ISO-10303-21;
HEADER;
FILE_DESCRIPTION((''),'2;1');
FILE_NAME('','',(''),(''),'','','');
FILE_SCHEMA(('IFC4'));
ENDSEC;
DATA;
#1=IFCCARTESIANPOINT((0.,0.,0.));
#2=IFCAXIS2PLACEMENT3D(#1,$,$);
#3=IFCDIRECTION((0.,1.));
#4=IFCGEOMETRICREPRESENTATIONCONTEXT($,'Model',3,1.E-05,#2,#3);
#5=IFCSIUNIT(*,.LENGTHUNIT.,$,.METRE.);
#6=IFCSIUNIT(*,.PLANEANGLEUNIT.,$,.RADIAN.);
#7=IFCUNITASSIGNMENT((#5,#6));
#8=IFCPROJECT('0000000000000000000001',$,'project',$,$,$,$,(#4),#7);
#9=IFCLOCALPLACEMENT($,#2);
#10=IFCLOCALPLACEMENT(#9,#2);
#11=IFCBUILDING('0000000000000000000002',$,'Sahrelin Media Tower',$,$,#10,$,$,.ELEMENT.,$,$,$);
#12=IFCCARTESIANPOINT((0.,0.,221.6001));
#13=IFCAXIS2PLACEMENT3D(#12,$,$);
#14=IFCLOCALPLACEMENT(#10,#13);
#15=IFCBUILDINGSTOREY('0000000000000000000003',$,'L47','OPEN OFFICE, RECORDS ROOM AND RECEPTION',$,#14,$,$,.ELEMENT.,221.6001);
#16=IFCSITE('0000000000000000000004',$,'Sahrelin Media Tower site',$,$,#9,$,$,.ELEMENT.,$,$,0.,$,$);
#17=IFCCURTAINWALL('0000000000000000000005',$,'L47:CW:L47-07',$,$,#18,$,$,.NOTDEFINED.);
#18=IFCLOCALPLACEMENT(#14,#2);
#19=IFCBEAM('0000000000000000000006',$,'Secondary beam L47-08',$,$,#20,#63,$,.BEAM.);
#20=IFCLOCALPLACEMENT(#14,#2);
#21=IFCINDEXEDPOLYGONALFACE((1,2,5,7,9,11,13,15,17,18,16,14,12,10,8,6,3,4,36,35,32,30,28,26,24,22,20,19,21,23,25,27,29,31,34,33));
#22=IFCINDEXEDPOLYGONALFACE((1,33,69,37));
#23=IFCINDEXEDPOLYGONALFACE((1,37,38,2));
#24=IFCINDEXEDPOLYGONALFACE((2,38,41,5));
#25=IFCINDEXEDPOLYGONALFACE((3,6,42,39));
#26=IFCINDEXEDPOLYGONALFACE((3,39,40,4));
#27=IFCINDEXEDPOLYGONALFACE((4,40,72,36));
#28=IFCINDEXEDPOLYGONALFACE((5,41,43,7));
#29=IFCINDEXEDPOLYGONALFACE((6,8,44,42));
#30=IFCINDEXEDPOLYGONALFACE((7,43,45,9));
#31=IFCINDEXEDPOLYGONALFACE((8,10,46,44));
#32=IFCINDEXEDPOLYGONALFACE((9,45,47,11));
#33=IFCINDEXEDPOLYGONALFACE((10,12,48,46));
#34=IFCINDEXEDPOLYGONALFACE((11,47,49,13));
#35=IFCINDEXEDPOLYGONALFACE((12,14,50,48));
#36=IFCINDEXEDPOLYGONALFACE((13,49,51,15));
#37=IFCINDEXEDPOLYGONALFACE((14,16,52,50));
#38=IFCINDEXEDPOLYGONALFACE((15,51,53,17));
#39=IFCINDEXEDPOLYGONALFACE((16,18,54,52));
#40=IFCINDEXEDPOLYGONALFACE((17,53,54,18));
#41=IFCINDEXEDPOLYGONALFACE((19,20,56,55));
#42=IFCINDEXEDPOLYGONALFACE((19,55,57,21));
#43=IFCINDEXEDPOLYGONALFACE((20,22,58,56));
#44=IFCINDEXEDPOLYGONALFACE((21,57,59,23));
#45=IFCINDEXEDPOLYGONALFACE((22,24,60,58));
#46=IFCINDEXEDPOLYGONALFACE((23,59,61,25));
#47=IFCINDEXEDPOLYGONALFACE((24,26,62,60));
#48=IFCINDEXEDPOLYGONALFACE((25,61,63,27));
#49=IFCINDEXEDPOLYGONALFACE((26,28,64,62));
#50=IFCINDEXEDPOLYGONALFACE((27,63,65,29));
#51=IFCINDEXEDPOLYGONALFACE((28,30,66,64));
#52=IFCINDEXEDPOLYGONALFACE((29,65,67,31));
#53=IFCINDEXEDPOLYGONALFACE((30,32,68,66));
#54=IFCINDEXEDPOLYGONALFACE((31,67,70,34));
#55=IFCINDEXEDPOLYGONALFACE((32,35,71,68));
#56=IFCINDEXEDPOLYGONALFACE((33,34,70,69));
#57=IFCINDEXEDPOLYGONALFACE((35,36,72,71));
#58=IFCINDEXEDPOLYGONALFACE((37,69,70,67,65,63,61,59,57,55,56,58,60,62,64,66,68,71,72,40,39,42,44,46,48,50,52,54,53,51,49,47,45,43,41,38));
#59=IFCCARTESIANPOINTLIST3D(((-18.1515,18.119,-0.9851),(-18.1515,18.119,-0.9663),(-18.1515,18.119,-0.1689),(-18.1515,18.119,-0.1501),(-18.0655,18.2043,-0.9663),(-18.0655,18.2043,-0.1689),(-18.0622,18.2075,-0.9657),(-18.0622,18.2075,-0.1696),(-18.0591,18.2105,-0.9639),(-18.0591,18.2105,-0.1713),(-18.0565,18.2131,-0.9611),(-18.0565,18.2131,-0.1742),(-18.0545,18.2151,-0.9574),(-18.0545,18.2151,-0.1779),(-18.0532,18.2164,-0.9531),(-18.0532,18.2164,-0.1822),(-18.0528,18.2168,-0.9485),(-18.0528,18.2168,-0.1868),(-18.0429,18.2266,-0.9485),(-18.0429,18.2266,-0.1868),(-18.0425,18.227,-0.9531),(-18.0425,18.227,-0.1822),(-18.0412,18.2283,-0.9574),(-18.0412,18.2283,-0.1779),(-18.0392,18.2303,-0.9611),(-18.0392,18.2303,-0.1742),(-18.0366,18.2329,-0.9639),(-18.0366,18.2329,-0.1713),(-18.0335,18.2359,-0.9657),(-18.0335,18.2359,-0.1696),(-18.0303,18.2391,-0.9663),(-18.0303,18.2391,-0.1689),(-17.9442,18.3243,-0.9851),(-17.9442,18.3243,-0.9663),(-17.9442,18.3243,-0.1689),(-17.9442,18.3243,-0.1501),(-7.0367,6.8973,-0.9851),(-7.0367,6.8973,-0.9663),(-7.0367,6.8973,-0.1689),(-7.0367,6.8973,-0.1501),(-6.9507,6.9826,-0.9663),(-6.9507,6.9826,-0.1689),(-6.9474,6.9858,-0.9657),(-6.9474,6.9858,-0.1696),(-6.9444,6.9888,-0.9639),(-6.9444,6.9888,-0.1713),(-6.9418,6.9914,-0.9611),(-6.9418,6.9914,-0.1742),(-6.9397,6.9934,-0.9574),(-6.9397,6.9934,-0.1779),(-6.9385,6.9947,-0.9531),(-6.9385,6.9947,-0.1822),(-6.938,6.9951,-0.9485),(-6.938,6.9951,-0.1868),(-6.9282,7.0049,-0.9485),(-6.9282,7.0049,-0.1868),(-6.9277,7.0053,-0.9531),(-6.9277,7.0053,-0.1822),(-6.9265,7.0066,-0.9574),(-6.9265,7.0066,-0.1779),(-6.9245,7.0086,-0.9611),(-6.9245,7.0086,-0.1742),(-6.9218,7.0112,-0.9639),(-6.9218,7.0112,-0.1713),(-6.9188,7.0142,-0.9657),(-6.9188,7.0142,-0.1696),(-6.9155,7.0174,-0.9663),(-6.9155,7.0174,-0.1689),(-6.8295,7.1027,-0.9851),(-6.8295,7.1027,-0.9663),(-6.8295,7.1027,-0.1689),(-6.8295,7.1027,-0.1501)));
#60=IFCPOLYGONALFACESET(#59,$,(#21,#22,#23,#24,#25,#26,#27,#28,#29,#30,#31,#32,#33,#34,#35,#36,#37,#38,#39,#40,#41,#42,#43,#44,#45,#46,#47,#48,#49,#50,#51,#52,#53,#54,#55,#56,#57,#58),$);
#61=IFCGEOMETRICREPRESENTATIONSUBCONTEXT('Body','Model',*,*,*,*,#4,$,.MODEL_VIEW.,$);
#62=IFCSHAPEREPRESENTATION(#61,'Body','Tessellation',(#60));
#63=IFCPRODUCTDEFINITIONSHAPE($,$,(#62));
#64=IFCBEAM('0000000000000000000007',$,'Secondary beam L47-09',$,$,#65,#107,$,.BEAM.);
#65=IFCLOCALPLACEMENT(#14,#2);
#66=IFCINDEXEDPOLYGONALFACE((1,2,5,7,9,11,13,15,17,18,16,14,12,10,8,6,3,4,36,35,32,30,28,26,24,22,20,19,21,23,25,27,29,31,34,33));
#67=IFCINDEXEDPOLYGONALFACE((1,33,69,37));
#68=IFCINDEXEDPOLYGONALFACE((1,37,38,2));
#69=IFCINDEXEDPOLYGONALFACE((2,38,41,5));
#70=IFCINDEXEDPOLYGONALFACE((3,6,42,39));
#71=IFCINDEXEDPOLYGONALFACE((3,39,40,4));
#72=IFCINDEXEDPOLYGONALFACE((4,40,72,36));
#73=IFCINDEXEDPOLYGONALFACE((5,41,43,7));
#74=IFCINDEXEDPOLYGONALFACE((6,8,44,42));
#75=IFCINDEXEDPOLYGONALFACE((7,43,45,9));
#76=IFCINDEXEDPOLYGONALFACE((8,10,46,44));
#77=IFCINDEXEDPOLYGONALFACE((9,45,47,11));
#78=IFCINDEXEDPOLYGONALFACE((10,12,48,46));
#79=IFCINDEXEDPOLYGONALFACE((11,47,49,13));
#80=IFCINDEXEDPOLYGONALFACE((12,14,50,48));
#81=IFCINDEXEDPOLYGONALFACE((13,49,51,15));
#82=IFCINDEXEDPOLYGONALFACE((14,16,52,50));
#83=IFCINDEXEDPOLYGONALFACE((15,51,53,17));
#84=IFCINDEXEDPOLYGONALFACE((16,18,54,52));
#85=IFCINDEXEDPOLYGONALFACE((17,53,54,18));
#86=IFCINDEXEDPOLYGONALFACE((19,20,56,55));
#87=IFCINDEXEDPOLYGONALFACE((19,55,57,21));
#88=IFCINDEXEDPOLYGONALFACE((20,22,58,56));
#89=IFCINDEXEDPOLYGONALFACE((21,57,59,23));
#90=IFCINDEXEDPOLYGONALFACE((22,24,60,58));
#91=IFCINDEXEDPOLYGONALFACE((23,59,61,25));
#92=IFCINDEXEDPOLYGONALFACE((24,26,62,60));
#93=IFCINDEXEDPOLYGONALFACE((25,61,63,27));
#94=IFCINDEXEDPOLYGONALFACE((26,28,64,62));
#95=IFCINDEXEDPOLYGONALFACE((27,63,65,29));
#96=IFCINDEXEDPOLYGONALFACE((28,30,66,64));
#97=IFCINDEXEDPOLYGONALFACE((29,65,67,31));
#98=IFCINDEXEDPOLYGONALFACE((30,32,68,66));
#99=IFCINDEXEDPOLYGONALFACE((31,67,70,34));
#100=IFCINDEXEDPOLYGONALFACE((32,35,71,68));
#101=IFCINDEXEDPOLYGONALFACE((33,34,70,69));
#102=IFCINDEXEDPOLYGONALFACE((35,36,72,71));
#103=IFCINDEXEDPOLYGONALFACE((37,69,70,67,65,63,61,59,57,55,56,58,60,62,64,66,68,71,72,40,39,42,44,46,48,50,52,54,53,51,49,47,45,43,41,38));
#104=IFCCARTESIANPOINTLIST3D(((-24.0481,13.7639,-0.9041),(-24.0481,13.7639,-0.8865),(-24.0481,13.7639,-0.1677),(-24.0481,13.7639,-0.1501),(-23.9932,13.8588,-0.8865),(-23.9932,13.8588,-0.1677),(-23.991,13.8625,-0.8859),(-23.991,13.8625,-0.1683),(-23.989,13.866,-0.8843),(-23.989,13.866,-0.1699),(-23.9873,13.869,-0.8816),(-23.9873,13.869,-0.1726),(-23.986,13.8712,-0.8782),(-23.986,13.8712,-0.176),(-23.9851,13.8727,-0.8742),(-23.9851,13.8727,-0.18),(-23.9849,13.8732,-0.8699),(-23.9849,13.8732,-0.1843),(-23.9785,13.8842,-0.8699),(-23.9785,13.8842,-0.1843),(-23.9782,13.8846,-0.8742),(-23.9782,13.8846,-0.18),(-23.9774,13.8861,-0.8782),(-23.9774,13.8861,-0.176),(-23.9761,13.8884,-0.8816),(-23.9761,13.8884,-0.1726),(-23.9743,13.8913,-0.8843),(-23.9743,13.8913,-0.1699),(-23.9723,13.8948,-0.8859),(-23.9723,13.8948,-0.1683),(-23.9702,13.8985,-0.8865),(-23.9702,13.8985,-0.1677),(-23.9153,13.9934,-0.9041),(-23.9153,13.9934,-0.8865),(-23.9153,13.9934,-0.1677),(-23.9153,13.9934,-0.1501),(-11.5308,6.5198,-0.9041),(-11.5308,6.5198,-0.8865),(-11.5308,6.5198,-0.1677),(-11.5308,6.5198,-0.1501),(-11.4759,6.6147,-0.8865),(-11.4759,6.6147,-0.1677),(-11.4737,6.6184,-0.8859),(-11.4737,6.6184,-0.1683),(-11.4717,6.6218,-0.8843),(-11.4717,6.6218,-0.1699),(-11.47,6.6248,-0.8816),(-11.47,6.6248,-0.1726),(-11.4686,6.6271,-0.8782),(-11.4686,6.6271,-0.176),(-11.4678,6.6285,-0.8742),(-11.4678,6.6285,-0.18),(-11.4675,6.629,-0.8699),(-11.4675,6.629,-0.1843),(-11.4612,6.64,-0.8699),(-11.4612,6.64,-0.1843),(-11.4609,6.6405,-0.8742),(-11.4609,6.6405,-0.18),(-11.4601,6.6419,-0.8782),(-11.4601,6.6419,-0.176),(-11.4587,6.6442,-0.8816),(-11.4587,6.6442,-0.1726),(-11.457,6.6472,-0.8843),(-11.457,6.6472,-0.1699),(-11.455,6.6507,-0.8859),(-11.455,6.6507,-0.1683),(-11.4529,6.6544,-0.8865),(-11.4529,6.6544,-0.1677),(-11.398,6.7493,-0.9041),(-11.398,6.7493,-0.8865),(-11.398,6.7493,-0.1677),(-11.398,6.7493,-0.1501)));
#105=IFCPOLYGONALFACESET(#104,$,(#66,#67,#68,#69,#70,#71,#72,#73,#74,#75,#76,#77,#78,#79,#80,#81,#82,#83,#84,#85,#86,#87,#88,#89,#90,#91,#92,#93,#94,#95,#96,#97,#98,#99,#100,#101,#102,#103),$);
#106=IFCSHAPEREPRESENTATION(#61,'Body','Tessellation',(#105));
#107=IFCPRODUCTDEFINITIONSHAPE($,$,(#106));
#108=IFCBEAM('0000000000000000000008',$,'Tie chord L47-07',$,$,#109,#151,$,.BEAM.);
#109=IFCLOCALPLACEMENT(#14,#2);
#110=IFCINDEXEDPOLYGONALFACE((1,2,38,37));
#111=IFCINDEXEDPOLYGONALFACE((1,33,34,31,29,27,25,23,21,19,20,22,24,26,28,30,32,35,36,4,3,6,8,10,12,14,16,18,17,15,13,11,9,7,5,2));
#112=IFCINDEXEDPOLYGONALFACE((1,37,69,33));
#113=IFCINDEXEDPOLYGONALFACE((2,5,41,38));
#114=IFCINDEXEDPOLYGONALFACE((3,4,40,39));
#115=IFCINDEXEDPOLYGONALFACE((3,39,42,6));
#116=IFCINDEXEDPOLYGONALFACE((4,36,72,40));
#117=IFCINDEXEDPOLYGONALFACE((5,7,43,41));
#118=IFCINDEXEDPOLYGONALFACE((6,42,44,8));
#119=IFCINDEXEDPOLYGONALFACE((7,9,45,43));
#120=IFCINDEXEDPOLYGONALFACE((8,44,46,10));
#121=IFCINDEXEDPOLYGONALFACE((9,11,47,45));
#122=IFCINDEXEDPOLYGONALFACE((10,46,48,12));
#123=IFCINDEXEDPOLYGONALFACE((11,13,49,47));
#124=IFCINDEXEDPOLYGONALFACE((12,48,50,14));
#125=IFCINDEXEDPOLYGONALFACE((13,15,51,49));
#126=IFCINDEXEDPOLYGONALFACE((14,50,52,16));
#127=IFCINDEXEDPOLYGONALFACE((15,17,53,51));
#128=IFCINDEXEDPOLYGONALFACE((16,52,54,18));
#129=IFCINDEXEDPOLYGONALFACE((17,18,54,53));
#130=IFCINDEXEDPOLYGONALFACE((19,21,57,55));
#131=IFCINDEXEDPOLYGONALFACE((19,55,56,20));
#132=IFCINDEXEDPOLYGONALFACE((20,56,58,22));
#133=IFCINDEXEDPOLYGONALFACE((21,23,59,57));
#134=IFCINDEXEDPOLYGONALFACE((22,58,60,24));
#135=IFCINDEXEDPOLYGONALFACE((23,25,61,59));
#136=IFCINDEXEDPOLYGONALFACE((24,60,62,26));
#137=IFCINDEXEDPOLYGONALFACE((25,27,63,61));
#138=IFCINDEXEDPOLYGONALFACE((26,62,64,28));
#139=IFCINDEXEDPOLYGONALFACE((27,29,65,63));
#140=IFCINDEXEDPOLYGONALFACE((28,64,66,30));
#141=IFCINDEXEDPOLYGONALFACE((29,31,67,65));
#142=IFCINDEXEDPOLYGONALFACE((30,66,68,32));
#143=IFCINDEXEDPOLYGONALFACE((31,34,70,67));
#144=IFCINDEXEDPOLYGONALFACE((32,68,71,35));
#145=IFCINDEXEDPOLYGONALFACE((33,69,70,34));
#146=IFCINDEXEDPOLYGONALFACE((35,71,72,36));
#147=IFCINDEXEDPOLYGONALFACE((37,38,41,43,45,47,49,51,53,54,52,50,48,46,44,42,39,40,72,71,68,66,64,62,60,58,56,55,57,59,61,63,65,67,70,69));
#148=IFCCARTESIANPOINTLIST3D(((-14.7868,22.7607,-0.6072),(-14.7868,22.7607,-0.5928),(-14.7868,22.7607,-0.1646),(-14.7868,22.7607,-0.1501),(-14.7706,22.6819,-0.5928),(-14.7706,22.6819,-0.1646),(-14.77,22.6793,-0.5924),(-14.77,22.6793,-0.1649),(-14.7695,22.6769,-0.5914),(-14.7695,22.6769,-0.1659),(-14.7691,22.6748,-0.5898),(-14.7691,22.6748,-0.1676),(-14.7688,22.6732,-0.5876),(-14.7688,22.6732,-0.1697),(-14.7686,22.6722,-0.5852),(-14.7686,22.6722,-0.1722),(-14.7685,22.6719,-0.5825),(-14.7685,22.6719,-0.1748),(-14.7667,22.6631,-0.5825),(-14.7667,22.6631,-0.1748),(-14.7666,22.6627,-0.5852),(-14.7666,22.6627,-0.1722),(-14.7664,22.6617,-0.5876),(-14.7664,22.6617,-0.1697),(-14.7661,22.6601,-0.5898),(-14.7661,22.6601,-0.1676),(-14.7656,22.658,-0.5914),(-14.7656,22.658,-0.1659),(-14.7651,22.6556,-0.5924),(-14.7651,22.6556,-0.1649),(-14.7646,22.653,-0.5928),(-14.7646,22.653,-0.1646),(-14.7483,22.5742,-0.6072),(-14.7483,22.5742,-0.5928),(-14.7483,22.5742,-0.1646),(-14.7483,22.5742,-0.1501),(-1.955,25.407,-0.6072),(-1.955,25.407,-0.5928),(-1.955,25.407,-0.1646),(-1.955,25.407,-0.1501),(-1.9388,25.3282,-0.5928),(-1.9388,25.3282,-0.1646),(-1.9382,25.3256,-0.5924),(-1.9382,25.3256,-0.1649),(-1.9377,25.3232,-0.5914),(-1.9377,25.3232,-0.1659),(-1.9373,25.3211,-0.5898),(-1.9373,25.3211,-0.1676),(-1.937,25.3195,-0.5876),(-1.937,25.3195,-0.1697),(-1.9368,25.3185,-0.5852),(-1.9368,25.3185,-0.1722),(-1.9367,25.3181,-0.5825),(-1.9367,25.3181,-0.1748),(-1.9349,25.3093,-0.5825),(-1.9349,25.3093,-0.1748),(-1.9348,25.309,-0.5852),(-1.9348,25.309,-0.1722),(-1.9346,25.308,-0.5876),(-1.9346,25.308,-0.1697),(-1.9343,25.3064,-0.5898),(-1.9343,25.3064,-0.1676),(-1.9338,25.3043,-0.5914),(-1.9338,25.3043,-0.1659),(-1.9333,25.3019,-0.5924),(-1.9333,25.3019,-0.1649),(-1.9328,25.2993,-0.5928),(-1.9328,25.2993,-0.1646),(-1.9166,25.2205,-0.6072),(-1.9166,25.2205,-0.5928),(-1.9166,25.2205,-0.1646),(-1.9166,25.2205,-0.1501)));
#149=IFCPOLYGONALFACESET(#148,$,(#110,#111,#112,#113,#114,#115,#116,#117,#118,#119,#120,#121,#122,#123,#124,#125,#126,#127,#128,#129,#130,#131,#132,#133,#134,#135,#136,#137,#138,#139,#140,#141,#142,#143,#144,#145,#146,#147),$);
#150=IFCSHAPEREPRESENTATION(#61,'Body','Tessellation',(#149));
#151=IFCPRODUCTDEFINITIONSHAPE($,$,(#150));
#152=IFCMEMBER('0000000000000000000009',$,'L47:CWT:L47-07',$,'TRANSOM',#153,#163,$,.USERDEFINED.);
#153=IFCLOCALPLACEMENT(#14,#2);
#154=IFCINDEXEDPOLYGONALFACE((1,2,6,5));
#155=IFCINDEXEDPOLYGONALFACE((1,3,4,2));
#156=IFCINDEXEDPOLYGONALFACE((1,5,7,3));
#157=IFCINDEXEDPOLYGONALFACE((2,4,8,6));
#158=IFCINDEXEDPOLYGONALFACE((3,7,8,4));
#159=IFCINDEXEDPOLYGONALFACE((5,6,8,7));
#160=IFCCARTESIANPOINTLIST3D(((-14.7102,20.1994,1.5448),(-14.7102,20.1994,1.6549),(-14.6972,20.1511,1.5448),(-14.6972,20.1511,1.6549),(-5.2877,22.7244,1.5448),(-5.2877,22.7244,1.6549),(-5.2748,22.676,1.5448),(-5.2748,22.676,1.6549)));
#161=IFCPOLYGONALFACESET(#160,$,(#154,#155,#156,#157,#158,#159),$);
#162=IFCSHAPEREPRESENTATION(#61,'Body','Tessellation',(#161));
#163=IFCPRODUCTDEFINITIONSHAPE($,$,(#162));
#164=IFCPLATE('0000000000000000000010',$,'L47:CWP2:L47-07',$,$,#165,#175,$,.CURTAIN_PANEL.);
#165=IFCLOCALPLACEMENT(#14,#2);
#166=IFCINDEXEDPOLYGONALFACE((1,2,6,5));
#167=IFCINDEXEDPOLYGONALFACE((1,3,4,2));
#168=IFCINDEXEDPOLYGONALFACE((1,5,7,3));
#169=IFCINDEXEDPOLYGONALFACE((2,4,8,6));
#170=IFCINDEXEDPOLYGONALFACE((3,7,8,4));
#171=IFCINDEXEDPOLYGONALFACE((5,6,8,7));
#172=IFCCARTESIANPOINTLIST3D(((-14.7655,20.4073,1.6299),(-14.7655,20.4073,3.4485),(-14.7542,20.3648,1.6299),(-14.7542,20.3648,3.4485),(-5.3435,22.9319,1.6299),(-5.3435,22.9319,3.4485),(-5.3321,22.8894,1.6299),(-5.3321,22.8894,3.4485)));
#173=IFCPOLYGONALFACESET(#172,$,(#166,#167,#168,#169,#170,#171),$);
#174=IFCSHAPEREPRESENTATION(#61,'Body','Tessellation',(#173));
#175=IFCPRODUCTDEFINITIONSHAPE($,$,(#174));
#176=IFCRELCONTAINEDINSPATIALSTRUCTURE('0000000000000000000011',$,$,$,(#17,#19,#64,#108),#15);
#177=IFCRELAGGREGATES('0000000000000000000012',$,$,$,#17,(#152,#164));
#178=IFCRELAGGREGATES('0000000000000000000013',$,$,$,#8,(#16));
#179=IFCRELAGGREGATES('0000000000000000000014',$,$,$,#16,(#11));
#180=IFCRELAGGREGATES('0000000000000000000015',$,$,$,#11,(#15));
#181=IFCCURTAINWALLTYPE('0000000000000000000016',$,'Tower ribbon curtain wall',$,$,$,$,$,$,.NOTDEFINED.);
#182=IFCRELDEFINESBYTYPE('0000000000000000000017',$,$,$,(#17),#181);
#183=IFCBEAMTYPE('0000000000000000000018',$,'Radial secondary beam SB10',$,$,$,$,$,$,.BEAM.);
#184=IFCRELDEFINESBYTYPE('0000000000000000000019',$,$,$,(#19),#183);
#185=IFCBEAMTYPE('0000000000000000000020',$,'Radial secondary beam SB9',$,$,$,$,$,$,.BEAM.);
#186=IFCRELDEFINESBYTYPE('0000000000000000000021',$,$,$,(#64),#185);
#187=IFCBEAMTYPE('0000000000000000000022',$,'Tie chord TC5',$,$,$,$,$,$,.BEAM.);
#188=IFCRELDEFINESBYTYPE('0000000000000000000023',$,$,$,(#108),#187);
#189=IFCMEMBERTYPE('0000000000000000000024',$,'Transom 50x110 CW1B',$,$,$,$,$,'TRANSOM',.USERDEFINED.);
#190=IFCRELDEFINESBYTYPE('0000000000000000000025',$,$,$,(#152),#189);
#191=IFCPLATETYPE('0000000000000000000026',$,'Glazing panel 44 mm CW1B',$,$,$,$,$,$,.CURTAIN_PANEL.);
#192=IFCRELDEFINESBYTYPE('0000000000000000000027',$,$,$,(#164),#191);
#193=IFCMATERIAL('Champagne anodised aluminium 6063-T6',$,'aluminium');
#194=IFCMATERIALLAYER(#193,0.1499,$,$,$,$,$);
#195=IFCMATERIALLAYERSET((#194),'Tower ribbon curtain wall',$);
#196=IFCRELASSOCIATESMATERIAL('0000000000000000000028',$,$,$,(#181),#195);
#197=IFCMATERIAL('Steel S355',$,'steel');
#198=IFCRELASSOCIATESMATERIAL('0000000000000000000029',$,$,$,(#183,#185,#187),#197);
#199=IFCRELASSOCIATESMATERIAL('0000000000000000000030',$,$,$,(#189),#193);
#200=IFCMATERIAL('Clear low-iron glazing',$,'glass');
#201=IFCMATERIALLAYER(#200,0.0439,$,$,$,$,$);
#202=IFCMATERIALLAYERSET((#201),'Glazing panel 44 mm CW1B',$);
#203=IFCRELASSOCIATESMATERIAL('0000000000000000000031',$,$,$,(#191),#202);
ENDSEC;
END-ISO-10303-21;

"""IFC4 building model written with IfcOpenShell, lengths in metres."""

from ifc_helpers import new_model, si_unit, direction, frame, origin, origin_2d, place, context, subcontext, project, spatial, polyline, rectangle, i_section, outline, extrude, material, layer, layer_set, material_profile, profile_set, type_object, element, aggregate, save


model = new_model("IFC4")

# Units and contexts
model_context = context("Model", 3, precision=1e-05, world=origin(), true_north=direction((0.0, 1.0)))
body_context = subcontext(model_context, "Body", "Model", "MODEL_VIEW")
ifc_project = project(units=[si_unit("LENGTHUNIT", "METRE"), si_unit("PLANEANGLEUNIT", "RADIAN")], contexts=[model_context])

# Site, building, storey
site_placement = place(None, origin())
site = spatial("IfcSite", under=ifc_project, at=site_placement, Name="Sahrelin Media Tower site", CompositionType="ELEMENT", RefElevation=0.0)
building_placement = place(site_placement, origin())
building = spatial("IfcBuilding", under=site, at=building_placement, Name="Sahrelin Media Tower", CompositionType="ELEMENT")
storey_placement = place(building_placement, frame((0.0, 0.0, 221.6001)))
storey = spatial("IfcBuildingStorey", under=building, at=storey_placement, Name="L47", Description="OPEN OFFICE, RECORDS ROOM AND RECEPTION", CompositionType="ELEMENT", Elevation=221.6001)

# Shared definitions
ifc_material_1 = material(Name="Steel S355", Category="steel")

# Curtain wall
ifc_material_2 = material(Name="Champagne anodised aluminium 6063-T6", Category="aluminium")
ifc_layer_1 = layer(ifc_material_2, 0.1499)
ifc_layer_set_1 = layer_set([ifc_layer_1], Name="Tower ribbon curtain wall")
curtain_wall_type = type_object("IfcCurtainWallType", Name="Tower ribbon curtain wall", PredefinedType="NOTDEFINED", material=ifc_layer_set_1)
curtain_wall_1_placement = place(storey_placement, frame((-10.0493, 21.6504, 0.0), z_axis=(0.0, 0.0, 1.0), x_axis=(1.0, 0.0, 0.0)))
curtain_wall_1 = element("IfcCurtainWall", 1, at=curtain_wall_1_placement, inside=storey, type_object=curtain_wall_type, Name="L47:CW:L47-07", PredefinedType="NOTDEFINED")

# Beams
ifc_material_profile_1 = material_profile(ifc_material_1, i_section(OverallWidth=0.2917, OverallDepth=0.835, WebThickness=0.0139, FlangeThickness=0.0188, FilletRadius=0.0178, at=origin_2d()), Name="UB 838x292x176")
ifc_profile_set_1 = profile_set([ifc_material_profile_1], Name="Steel S355")
beam_type_1 = type_object("IfcBeamType", Name="Radial secondary beam SB10", PredefinedType="BEAM", material=ifc_profile_set_1)
beam_1_placement = place(storey_placement, frame((-6.9331, 7.0, -0.5676), z_axis=(-0.703714, 0.710484, 0.0), x_axis=(-0.710484, -0.703714, 0.0)))
element("IfcBeam", 2, at=beam_1_placement, inside=storey, type_object=beam_type_1, Name="Secondary beam L47-08", PredefinedType="BEAM", context=body_context, shape_type="SweptSolid", body=[
    extrude(i_section(OverallWidth=0.2917, OverallDepth=0.835, WebThickness=0.0139, FlangeThickness=0.0188, FilletRadius=0.0178, at=origin_2d()), origin(), (0.0, 0.0, 1.0), 15.7944),
])
ifc_material_profile_2 = material_profile(ifc_material_1, i_section(OverallWidth=0.2651, OverallDepth=0.7539, WebThickness=0.0127, FlangeThickness=0.0176, FilletRadius=0.0166, at=origin_2d()), Name="UB 762x267x147")
ifc_profile_set_2 = profile_set([ifc_material_profile_2], Name="Steel S355")
beam_type_2 = type_object("IfcBeamType", Name="Radial secondary beam SB9", PredefinedType="BEAM", material=ifc_profile_set_2)
beam_2_placement = place(storey_placement, frame((-11.4644, 6.6345, -0.5271), z_axis=(-0.865508, 0.500895, 0.0), x_axis=(-0.500895, -0.865508, 0.0)))
element("IfcBeam", 3, at=beam_2_placement, inside=storey, type_object=beam_type_2, Name="Secondary beam L47-09", PredefinedType="BEAM", context=body_context, shape_type="SweptSolid", body=[
    extrude(i_section(OverallWidth=0.2651, OverallDepth=0.7539, WebThickness=0.0127, FlangeThickness=0.0176, FilletRadius=0.0166, at=origin_2d()), origin(), (0.0, 0.0, 1.0), 14.4624),
])
ifc_material_profile_3 = material_profile(ifc_material_1, i_section(OverallWidth=0.1904, OverallDepth=0.457, WebThickness=0.009, FlangeThickness=0.0144, FilletRadius=0.0103, at=origin_2d()), Name="UB 457x191x74")
ifc_profile_set_3 = profile_set([ifc_material_profile_3], Name="Steel S355")
beam_type_3 = type_object("IfcBeamType", Name="Tie chord TC5", PredefinedType="BEAM", material=ifc_profile_set_3)
beam_3_placement = place(storey_placement, frame((-1.9358, 25.3137, -0.3787), z_axis=(-0.979391, -0.201975, 0.0), x_axis=(0.201975, -0.979391, 0.0)))
element("IfcBeam", 4, at=beam_3_placement, inside=storey, type_object=beam_type_3, Name="Tie chord L47-07", PredefinedType="BEAM", context=body_context, shape_type="SweptSolid", body=[
    extrude(i_section(OverallWidth=0.1904, OverallDepth=0.457, WebThickness=0.009, FlangeThickness=0.0144, FilletRadius=0.0103, at=origin_2d()), origin(), (0.0, 0.0, 1.0), 13.1018),
])

# Member
ifc_material_profile_4 = material_profile(ifc_material_2, rectangle(XDim=0.05, YDim=0.1101, at=origin_2d()), Name="Transom 50x110")
ifc_profile_set_4 = profile_set([ifc_material_profile_4], Name="Champagne anodised aluminium 6063-T6")
member_type_1 = type_object("IfcMemberType", Name="Transom 50x110 CW1B", ElementType="TRANSOM", PredefinedType="USERDEFINED", material=ifc_profile_set_4)
member_1_placement = place(storey_placement, frame((-5.2812, 22.7002, 1.5999), z_axis=(-0.965921, -0.258837, 0.0), x_axis=(0.258837, -0.965921, 0.0)))
member_1 = element("IfcMember", 5, at=member_1_placement, type_object=member_type_1, Name="L47:CWT:L47-07", ObjectType="TRANSOM", PredefinedType="USERDEFINED", context=body_context, shape_type="SweptSolid", body=[
    extrude(rectangle(XDim=0.05, YDim=0.1101, at=origin_2d()), origin(), (0.0, 0.0, 1.0), 9.7549),
])

# Plate
ifc_material_3 = material(Name="Clear low-iron glazing", Category="glass")
ifc_layer_2 = layer(ifc_material_3, 0.0439)
ifc_layer_set_2 = layer_set([ifc_layer_2], Name="Glazing panel 44 mm CW1B")
plate_type_1 = type_object("IfcPlateType", Name="Glazing panel 44 mm CW1B", PredefinedType="CURTAIN_PANEL", material=ifc_layer_set_2)
plate_1_placement = place(storey_placement, frame((-5.3435, 22.9319, 1.6299), z_axis=(-0.25882, 0.965926, 0.0), x_axis=(-0.965926, -0.25882, 0.0)))
plate_1 = element("IfcPlate", 6, at=plate_1_placement, type_object=plate_type_1, Name="L47:CWP2:L47-07", PredefinedType="CURTAIN_PANEL", context=body_context, shape_type="SweptSolid", body=[
    extrude(outline(polyline([(0.0, 0.0), (9.7544, 0.0), (9.7544, 1.8186), (0.0, 1.8186), (0.0, 0.0)])), origin(), (0.0, 0.0, -1.0), 0.0439),
])
aggregate(curtain_wall_1, [member_1, plate_1])

save(model, "model.ifc")
